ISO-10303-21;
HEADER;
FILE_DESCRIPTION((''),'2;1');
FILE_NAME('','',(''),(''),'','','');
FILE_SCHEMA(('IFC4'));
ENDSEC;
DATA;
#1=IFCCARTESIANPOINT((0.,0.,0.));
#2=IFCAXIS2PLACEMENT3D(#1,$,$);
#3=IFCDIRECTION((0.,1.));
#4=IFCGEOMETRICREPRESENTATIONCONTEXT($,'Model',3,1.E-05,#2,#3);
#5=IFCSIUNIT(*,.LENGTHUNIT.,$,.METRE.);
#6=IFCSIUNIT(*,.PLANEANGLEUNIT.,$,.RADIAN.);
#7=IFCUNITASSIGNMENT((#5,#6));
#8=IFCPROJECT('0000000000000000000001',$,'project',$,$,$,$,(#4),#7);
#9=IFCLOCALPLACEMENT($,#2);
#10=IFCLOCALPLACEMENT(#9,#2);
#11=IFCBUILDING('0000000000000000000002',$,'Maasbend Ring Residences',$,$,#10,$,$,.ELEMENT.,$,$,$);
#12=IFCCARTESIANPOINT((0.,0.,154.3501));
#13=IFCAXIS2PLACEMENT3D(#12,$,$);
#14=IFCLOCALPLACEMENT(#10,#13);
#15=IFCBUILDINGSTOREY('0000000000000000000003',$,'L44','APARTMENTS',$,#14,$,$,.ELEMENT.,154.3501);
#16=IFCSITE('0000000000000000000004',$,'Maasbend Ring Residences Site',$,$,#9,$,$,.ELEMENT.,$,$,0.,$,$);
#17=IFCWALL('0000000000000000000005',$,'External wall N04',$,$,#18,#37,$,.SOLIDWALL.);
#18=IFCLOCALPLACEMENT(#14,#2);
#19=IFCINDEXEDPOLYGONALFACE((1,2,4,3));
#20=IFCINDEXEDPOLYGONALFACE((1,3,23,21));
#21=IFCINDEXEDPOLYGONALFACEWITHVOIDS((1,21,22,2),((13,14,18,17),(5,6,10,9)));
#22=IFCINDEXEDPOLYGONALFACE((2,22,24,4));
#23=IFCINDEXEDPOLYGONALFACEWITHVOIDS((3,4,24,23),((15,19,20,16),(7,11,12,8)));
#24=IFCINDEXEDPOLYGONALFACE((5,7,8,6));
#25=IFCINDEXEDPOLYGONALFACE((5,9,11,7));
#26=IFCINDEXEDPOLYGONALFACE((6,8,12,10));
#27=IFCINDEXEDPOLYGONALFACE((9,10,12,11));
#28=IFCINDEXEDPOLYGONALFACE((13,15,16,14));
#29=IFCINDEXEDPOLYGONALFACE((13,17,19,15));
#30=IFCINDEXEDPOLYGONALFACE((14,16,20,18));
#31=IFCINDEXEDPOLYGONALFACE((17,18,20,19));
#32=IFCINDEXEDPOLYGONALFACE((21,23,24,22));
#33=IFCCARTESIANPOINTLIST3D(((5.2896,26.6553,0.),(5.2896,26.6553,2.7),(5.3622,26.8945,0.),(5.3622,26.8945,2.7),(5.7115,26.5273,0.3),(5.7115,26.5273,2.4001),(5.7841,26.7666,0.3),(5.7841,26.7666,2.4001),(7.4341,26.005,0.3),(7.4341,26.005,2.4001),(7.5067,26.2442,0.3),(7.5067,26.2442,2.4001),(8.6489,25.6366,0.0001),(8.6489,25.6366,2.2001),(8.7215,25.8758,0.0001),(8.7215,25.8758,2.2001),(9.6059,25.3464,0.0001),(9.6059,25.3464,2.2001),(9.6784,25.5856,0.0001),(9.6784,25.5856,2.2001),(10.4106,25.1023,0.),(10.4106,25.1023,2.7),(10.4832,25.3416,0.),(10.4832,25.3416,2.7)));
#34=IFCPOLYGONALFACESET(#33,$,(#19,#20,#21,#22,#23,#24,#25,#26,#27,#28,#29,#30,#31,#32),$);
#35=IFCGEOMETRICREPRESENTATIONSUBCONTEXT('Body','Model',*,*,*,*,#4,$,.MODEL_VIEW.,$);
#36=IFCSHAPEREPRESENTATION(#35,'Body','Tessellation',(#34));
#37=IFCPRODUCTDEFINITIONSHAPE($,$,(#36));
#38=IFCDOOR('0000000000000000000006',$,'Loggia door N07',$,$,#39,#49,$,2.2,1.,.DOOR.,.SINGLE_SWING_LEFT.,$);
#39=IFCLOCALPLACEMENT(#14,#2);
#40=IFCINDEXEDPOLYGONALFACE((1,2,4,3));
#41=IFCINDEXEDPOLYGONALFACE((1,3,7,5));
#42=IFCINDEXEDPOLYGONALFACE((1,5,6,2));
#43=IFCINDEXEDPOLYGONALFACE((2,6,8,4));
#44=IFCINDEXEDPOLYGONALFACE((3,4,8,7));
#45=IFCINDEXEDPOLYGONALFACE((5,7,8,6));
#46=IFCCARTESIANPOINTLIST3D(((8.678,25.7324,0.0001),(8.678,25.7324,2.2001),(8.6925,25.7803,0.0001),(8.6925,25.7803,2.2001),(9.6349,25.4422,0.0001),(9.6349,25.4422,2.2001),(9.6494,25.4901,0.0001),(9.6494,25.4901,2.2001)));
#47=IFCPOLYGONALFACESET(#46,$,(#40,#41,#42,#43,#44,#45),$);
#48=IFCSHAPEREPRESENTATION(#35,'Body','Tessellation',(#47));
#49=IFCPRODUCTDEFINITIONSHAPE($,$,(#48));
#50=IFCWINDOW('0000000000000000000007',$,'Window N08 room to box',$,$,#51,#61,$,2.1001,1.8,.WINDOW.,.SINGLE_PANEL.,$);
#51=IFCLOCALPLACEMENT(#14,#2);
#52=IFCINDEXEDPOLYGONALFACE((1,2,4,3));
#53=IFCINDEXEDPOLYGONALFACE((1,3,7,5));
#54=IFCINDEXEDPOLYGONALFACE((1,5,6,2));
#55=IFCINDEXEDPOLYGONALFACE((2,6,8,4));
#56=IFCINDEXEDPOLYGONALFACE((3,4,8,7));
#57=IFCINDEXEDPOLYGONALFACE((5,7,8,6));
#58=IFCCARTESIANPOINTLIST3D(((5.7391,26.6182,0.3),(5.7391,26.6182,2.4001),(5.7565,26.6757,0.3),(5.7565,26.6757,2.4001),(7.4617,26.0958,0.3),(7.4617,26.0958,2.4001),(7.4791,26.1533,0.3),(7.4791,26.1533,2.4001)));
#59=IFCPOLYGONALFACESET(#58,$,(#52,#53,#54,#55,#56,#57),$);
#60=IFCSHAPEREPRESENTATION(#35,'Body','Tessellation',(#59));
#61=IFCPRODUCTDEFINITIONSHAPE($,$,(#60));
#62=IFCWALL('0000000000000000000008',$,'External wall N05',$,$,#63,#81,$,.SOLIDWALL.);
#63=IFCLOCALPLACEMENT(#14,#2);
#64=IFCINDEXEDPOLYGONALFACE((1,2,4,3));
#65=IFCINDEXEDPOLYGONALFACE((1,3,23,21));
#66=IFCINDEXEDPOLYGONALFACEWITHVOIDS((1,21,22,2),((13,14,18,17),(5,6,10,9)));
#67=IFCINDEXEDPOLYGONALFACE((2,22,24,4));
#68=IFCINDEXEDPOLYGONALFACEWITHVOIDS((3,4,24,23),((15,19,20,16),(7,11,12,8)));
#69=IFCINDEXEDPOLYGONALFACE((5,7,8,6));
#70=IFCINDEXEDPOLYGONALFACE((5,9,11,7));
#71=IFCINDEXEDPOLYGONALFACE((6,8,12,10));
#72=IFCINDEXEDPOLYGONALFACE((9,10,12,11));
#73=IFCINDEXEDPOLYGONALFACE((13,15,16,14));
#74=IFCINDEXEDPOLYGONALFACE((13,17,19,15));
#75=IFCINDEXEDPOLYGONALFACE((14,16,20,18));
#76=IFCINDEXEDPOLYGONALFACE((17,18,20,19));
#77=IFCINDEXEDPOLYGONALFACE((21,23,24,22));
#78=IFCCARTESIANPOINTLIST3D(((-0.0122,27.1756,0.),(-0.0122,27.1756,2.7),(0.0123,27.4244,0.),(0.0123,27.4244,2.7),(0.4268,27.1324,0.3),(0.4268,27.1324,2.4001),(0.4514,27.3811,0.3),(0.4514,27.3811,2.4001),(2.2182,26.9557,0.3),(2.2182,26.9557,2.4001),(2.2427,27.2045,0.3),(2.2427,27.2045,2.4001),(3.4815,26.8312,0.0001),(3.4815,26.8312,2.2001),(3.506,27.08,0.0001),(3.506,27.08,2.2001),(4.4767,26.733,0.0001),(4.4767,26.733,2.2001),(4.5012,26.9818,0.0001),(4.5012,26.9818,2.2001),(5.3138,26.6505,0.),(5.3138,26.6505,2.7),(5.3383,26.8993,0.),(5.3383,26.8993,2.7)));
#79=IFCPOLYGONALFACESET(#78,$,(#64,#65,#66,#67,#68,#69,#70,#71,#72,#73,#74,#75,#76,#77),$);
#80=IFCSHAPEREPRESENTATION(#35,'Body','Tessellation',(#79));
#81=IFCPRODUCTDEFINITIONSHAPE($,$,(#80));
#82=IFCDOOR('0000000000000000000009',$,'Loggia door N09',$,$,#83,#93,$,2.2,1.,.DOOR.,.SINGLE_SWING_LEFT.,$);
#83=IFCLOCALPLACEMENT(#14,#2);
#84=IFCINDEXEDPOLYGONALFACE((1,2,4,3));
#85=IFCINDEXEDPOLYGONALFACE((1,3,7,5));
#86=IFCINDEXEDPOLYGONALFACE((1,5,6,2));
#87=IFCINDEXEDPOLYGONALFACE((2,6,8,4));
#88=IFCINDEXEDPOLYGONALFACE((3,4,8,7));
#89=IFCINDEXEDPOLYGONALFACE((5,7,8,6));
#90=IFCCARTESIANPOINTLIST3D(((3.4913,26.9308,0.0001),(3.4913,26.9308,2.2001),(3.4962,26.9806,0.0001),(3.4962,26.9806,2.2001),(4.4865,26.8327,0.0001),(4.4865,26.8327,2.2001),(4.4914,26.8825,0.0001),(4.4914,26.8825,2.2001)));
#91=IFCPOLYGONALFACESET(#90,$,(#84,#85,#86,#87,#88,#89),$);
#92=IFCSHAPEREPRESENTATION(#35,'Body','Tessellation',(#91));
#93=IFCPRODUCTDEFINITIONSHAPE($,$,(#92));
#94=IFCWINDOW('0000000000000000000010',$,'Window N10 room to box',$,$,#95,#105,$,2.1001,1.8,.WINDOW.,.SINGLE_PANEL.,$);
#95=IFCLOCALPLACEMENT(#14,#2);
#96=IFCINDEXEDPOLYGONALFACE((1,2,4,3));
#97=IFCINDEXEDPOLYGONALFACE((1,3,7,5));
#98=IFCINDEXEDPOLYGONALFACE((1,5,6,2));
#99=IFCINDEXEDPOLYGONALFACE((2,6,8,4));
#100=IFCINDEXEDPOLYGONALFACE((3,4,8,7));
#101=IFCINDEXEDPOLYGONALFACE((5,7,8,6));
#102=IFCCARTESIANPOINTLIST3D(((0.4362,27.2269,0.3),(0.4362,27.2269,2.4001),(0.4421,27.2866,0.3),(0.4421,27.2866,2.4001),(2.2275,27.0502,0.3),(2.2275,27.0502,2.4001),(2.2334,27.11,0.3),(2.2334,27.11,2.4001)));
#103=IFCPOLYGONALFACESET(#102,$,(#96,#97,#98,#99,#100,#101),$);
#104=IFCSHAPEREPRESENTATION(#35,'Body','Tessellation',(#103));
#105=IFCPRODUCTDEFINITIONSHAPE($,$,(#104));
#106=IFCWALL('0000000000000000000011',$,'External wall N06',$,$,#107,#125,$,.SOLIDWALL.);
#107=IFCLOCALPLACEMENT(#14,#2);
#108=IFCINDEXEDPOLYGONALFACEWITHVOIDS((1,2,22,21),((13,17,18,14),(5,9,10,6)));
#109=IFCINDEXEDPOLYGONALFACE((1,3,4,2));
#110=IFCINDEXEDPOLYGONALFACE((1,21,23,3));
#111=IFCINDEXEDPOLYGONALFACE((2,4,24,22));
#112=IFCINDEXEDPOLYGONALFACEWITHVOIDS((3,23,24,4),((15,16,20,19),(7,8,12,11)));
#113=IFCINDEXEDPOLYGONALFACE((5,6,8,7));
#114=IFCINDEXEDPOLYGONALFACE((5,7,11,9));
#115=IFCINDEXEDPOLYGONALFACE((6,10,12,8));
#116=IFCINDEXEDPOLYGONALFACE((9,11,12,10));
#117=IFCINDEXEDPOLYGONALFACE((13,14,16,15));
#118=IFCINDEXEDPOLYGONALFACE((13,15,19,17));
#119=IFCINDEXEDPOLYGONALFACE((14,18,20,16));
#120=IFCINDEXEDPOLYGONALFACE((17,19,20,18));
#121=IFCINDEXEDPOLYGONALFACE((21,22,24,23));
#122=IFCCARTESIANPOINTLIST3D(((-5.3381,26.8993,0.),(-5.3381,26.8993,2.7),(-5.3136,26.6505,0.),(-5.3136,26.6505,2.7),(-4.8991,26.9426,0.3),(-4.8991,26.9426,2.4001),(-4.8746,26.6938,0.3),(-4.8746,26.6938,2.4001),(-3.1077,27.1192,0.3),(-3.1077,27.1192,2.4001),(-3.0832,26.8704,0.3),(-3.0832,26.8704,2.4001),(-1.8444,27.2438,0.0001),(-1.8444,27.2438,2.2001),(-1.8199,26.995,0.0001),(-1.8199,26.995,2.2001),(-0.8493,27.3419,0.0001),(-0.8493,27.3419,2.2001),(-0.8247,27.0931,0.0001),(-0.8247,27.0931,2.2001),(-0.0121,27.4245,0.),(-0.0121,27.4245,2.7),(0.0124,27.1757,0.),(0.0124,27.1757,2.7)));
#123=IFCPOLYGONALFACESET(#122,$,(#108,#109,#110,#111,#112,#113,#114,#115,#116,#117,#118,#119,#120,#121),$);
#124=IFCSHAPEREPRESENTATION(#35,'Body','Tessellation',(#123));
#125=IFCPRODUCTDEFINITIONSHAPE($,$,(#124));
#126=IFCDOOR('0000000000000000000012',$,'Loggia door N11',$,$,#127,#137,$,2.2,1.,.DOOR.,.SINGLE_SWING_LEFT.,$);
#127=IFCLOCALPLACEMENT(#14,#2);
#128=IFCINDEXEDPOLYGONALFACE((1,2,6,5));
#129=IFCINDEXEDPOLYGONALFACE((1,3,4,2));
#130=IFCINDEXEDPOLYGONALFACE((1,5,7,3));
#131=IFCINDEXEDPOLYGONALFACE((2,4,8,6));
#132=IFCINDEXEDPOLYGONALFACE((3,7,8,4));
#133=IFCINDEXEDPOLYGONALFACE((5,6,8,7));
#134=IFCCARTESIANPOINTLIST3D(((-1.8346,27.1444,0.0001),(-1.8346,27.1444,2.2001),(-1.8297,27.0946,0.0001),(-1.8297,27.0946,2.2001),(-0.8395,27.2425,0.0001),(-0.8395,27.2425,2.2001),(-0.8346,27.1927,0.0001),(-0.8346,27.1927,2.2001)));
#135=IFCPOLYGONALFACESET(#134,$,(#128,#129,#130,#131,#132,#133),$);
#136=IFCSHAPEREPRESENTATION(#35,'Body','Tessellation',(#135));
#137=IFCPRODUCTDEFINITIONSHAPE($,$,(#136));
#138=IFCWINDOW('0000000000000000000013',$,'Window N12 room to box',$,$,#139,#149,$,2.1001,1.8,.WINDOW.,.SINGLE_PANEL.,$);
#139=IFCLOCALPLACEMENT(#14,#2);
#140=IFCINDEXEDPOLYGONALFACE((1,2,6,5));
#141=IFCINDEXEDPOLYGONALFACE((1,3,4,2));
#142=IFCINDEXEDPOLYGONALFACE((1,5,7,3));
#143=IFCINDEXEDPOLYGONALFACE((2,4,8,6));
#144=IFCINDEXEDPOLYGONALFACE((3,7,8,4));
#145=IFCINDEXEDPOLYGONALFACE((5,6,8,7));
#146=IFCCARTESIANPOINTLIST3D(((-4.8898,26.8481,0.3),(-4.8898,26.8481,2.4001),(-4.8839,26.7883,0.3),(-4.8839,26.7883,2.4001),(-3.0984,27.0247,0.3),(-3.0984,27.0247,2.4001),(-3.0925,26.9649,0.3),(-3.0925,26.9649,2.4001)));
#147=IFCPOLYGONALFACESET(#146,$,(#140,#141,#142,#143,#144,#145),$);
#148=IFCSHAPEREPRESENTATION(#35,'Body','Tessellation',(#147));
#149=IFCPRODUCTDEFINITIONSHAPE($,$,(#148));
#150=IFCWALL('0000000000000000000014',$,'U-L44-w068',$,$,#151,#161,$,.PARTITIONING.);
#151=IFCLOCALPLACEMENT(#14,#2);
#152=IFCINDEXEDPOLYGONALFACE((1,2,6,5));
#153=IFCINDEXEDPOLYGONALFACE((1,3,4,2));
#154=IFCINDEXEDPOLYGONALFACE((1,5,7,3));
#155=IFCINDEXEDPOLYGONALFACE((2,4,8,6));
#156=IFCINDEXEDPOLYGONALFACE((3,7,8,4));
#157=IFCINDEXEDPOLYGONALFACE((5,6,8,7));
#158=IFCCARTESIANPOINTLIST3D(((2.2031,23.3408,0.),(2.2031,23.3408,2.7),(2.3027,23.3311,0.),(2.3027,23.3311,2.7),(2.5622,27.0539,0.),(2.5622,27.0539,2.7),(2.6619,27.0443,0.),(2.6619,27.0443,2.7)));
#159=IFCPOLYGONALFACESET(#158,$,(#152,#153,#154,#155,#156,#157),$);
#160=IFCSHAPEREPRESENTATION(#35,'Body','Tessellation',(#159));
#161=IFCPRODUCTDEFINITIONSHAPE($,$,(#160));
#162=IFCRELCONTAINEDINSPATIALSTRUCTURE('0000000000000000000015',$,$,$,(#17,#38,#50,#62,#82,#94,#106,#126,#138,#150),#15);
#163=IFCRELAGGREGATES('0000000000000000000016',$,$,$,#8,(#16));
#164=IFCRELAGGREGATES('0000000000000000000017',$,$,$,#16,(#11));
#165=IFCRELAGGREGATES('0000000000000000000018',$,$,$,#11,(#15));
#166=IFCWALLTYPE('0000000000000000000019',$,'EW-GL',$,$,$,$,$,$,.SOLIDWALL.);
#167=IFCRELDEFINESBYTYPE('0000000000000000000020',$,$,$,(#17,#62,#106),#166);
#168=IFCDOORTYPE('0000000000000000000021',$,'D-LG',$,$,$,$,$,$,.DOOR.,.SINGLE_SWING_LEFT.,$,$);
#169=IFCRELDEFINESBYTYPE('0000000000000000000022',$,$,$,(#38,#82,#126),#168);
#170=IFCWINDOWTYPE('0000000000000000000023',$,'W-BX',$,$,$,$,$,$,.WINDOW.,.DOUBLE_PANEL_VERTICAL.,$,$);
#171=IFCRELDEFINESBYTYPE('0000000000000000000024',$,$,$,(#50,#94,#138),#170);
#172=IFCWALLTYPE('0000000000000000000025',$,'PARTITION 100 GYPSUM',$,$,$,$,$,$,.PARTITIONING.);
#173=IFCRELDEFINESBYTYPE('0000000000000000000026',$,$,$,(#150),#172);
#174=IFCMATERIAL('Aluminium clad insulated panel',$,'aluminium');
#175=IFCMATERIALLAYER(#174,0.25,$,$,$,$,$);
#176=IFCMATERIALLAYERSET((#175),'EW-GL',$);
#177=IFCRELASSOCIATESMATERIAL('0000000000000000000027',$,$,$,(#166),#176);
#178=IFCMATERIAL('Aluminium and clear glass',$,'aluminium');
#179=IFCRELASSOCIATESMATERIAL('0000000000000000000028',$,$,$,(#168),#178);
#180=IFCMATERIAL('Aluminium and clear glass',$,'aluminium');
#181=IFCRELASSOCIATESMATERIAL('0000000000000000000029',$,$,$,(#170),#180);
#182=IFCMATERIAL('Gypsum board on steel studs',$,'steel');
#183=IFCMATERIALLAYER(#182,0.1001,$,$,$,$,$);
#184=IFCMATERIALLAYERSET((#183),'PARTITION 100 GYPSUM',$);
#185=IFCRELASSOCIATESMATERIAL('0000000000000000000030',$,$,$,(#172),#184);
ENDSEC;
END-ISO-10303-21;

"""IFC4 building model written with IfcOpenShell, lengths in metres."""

from ifc_helpers import new_model, si_unit, direction, frame, frame_2d, origin, place, context, subcontext, project, spatial, rectangle, extrude, material, layer, layer_set, type_object, element, fill, save


model = new_model("IFC4")

# Units and contexts
model_context = context("Model", 3, precision=1e-05, world=origin(), true_north=direction((0.0, 1.0)))
body_context = subcontext(model_context, "Body", "Model", "MODEL_VIEW")
ifc_project = project(units=[si_unit("LENGTHUNIT", "METRE"), si_unit("PLANEANGLEUNIT", "RADIAN")], contexts=[model_context])

# Site, building, storey
site_placement = place(None, origin())
site = spatial("IfcSite", under=ifc_project, at=site_placement, Name="Maasbend Ring Residences Site", CompositionType="ELEMENT", RefElevation=0.0)
building_placement = place(site_placement, origin())
building = spatial("IfcBuilding", under=site, at=building_placement, Name="Maasbend Ring Residences", CompositionType="ELEMENT")
storey_placement = place(building_placement, frame((0.0, 0.0, 154.3501)))
storey = spatial("IfcBuildingStorey", under=building, at=storey_placement, Name="L44", Description="APARTMENTS", CompositionType="ELEMENT", Elevation=154.3501)

# Walls, openings, doors, windows
ifc_material_1 = material(Name="Aluminium clad insulated panel", Category="aluminium")
ifc_layer_1 = layer(ifc_material_1, 0.25)
ifc_layer_set_1 = layer_set([ifc_layer_1], Name="EW-GL")
wall_type_1 = type_object("IfcWallType", Name="EW-GL", PredefinedType="SOLIDWALL", material=ifc_layer_set_1)
wall_1_placement = place(storey_placement, frame((10.447, 25.2219, 0.0), z_axis=(0.0, 0.0, 1.0), x_axis=(-0.956966, 0.290201, 0.0)))
wall_1 = element("IfcWall", 1, at=wall_1_placement, inside=storey, type_object=wall_type_1, Name="External wall N04", PredefinedType="SOLIDWALL", context=body_context, shape_type="SweptSolid", body=[
    extrude(rectangle(XDim=5.3513, YDim=0.25, at=frame_2d((2.6758, 0.0))), origin(), (0.0, 0.0, 1.0), 2.7),
])
opening_1_placement = place(wall_1_placement, frame((0.8411, 0.0, 0.0)))
opening_1 = element("IfcOpeningElement", 2, at=opening_1_placement, cuts=wall_1, PredefinedType="OPENING", context=body_context, shape_type="SweptSolid", body=[
    extrude(rectangle(XDim=1.0, YDim=2.2, at=frame_2d((0.5, 1.1001))), frame((0.0, 0.135, 0.0), z_axis=(0.0, -1.0, 0.0), x_axis=(1.0, 0.0, 0.0)), (0.0, 0.0, 1.0), 0.27),
])
opening_2_placement = place(wall_1_placement, frame((3.1106, 0.0, 0.3)))
opening_2 = element("IfcOpeningElement", 3, at=opening_2_placement, cuts=wall_1, PredefinedType="OPENING", context=body_context, shape_type="SweptSolid", body=[
    extrude(rectangle(XDim=1.8, YDim=2.1001, at=frame_2d((0.8999, 1.05))), frame((0.0, 0.135, 0.0), z_axis=(0.0, -1.0, 0.0), x_axis=(1.0, 0.0, 0.0)), (0.0, 0.0, 1.0), 0.27),
])
ifc_material_2 = material(Name="Aluminium and clear glass", Category="aluminium")
door_type = type_object("IfcDoorType", Name="D-LG", OperationType="SINGLE_SWING_LEFT", PredefinedType="DOOR", material=ifc_material_2)
door_1_placement = place(opening_1_placement, origin())
door_1 = element("IfcDoor", 4, at=door_1_placement, inside=storey, type_object=door_type, Name="Loggia door N07", OperationType="SINGLE_SWING_LEFT", OverallHeight=2.2, OverallWidth=1.0, PredefinedType="DOOR", context=body_context, shape_type="SweptSolid", body=[
    extrude(rectangle(XDim=1.0, YDim=2.2, at=frame_2d((0.5, 1.1001))), frame((0.0, 0.0249, 0.0), z_axis=(0.0, -1.0, 0.0), x_axis=(1.0, 0.0, 0.0)), (0.0, 0.0, 1.0), 0.05),
])
fill(opening_1, door_1)
ifc_material_3 = material(Name="Aluminium and clear glass", Category="aluminium")
window_type_1 = type_object("IfcWindowType", Name="W-BX", PartitioningType="DOUBLE_PANEL_VERTICAL", PredefinedType="WINDOW", material=ifc_material_3)
window_1_placement = place(opening_2_placement, origin())
window_1 = element("IfcWindow", 5, at=window_1_placement, inside=storey, type_object=window_type_1, Name="Window N08 room to box", OverallHeight=2.1001, OverallWidth=1.8, PartitioningType="SINGLE_PANEL", PredefinedType="WINDOW", context=body_context, shape_type="SweptSolid", body=[
    extrude(rectangle(XDim=1.8, YDim=2.1001, at=frame_2d((0.8999, 1.05))), frame((0.0, 0.03, 0.0), z_axis=(0.0, -1.0, 0.0), x_axis=(1.0, 0.0, 0.0)), (0.0, 0.0, 1.0), 0.0601),
])
fill(opening_2, window_1)
wall_2_placement = place(storey_placement, frame((5.3259, 26.7749, 0.0), z_axis=(0.0, 0.0, 1.0), x_axis=(-0.995174, 0.098126, 0.0)))
wall_2 = element("IfcWall", 6, at=wall_2_placement, inside=storey, type_object=wall_type_1, Name="External wall N05", PredefinedType="SOLIDWALL", context=body_context, shape_type="SweptSolid", body=[
    extrude(rectangle(XDim=5.3518, YDim=0.25, at=frame_2d((2.6758, 0.0))), origin(), (0.0, 0.0, 1.0), 2.7),
])
opening_3_placement = place(wall_2_placement, frame((0.8411, 0.0, 0.0)))
opening_3 = element("IfcOpeningElement", 7, at=opening_3_placement, cuts=wall_2, PredefinedType="OPENING", context=body_context, shape_type="SweptSolid", body=[
    extrude(rectangle(XDim=1.0, YDim=2.2, at=frame_2d((0.5, 1.1001))), frame((0.0, 0.135, 0.0), z_axis=(0.0, -1.0, 0.0), x_axis=(1.0, 0.0, 0.0)), (0.0, 0.0, 1.0), 0.27),
])
opening_4_placement = place(wall_2_placement, frame((3.1106, 0.0, 0.3)))
opening_4 = element("IfcOpeningElement", 8, at=opening_4_placement, cuts=wall_2, PredefinedType="OPENING", context=body_context, shape_type="SweptSolid", body=[
    extrude(rectangle(XDim=1.8, YDim=2.1001, at=frame_2d((0.8999, 1.05))), frame((0.0, 0.135, 0.0), z_axis=(0.0, -1.0, 0.0), x_axis=(1.0, 0.0, 0.0)), (0.0, 0.0, 1.0), 0.27),
])
door_2_placement = place(opening_3_placement, origin())
door_2 = element("IfcDoor", 9, at=door_2_placement, inside=storey, type_object=door_type, Name="Loggia door N09", OperationType="SINGLE_SWING_LEFT", OverallHeight=2.2, OverallWidth=1.0, PredefinedType="DOOR", context=body_context, shape_type="SweptSolid", body=[
    extrude(rectangle(XDim=1.0, YDim=2.2, at=frame_2d((0.5, 1.1001))), frame((0.0, 0.0249, 0.0), z_axis=(0.0, -1.0, 0.0), x_axis=(1.0, 0.0, 0.0)), (0.0, 0.0, 1.0), 0.05),
])
fill(opening_3, door_2)
window_2_placement = place(opening_4_placement, origin())
window_2 = element("IfcWindow", 10, at=window_2_placement, inside=storey, type_object=window_type_1, Name="Window N10 room to box", OverallHeight=2.1001, OverallWidth=1.8, PartitioningType="SINGLE_PANEL", PredefinedType="WINDOW", context=body_context, shape_type="SweptSolid", body=[
    extrude(rectangle(XDim=1.8, YDim=2.1001, at=frame_2d((0.8999, 1.05))), frame((0.0, 0.03, 0.0), z_axis=(0.0, -1.0, 0.0), x_axis=(1.0, 0.0, 0.0)), (0.0, 0.0, 1.0), 0.0601),
])
fill(opening_4, window_2)
wall_3_placement = place(storey_placement, frame((0.0, 27.3, 0.0), z_axis=(0.0, 0.0, 1.0), x_axis=(-0.995174, -0.098126, 0.0)))
wall_3 = element("IfcWall", 11, at=wall_3_placement, inside=storey, type_object=wall_type_1, Name="External wall N06", PredefinedType="SOLIDWALL", context=body_context, shape_type="SweptSolid", body=[
    extrude(rectangle(XDim=5.3518, YDim=0.25, at=frame_2d((2.6758, 0.0))), origin(), (0.0, 0.0, 1.0), 2.7),
])
opening_5_placement = place(wall_3_placement, frame((0.8411, 0.0, 0.0)))
opening_5 = element("IfcOpeningElement", 12, at=opening_5_placement, cuts=wall_3, PredefinedType="OPENING", context=body_context, shape_type="SweptSolid", body=[
    extrude(rectangle(XDim=1.0, YDim=2.2, at=frame_2d((0.5, 1.1001))), frame((0.0, 0.135, 0.0), z_axis=(0.0, -1.0, 0.0), x_axis=(1.0, 0.0, 0.0)), (0.0, 0.0, 1.0), 0.27),
])
opening_6_placement = place(wall_3_placement, frame((3.1106, 0.0, 0.3)))
opening_6 = element("IfcOpeningElement", 13, at=opening_6_placement, cuts=wall_3, PredefinedType="OPENING", context=body_context, shape_type="SweptSolid", body=[
    extrude(rectangle(XDim=1.8, YDim=2.1001, at=frame_2d((0.8999, 1.05))), frame((0.0, 0.135, 0.0), z_axis=(0.0, -1.0, 0.0), x_axis=(1.0, 0.0, 0.0)), (0.0, 0.0, 1.0), 0.27),
])
door_3_placement = place(opening_5_placement, origin())
door_3 = element("IfcDoor", 14, at=door_3_placement, inside=storey, type_object=door_type, Name="Loggia door N11", OperationType="SINGLE_SWING_LEFT", OverallHeight=2.2, OverallWidth=1.0, PredefinedType="DOOR", context=body_context, shape_type="SweptSolid", body=[
    extrude(rectangle(XDim=1.0, YDim=2.2, at=frame_2d((0.5, 1.1001))), frame((0.0, 0.0249, 0.0), z_axis=(0.0, -1.0, 0.0), x_axis=(1.0, 0.0, 0.0)), (0.0, 0.0, 1.0), 0.05),
])
fill(opening_5, door_3)
window_3_placement = place(opening_6_placement, origin())
window_3 = element("IfcWindow", 15, at=window_3_placement, inside=storey, type_object=window_type_1, Name="Window N12 room to box", OverallHeight=2.1001, OverallWidth=1.8, PartitioningType="SINGLE_PANEL", PredefinedType="WINDOW", context=body_context, shape_type="SweptSolid", body=[
    extrude(rectangle(XDim=1.8, YDim=2.1001, at=frame_2d((0.8999, 1.05))), frame((0.0, 0.03, 0.0), z_axis=(0.0, -1.0, 0.0), x_axis=(1.0, 0.0, 0.0)), (0.0, 0.0, 1.0), 0.0601),
])
fill(opening_6, window_3)

# Wall
ifc_material_4 = material(Name="Gypsum board on steel studs", Category="steel")
ifc_layer_2 = layer(ifc_material_4, 0.1001)
ifc_layer_set_2 = layer_set([ifc_layer_2], Name="PARTITION 100 GYPSUM")
wall_type_2 = type_object("IfcWallType", Name="PARTITION 100 GYPSUM", PredefinedType="PARTITIONING", material=ifc_layer_set_2)
wall_4_placement = place(storey_placement, frame((2.2529, 23.3359, 0.0), z_axis=(0.0, 0.0, 1.0), x_axis=(0.09627, 0.995355, 0.0)))
element("IfcWall", 16, at=wall_4_placement, inside=storey, type_object=wall_type_2, Name="U-L44-w068", PredefinedType="PARTITIONING", context=body_context, shape_type="SweptSolid", body=[
    extrude(rectangle(XDim=3.7305, YDim=0.1001, at=frame_2d((1.8652, 0.0))), origin(), (0.0, 0.0, 1.0), 2.7),
])

save(model, "model.ifc")
